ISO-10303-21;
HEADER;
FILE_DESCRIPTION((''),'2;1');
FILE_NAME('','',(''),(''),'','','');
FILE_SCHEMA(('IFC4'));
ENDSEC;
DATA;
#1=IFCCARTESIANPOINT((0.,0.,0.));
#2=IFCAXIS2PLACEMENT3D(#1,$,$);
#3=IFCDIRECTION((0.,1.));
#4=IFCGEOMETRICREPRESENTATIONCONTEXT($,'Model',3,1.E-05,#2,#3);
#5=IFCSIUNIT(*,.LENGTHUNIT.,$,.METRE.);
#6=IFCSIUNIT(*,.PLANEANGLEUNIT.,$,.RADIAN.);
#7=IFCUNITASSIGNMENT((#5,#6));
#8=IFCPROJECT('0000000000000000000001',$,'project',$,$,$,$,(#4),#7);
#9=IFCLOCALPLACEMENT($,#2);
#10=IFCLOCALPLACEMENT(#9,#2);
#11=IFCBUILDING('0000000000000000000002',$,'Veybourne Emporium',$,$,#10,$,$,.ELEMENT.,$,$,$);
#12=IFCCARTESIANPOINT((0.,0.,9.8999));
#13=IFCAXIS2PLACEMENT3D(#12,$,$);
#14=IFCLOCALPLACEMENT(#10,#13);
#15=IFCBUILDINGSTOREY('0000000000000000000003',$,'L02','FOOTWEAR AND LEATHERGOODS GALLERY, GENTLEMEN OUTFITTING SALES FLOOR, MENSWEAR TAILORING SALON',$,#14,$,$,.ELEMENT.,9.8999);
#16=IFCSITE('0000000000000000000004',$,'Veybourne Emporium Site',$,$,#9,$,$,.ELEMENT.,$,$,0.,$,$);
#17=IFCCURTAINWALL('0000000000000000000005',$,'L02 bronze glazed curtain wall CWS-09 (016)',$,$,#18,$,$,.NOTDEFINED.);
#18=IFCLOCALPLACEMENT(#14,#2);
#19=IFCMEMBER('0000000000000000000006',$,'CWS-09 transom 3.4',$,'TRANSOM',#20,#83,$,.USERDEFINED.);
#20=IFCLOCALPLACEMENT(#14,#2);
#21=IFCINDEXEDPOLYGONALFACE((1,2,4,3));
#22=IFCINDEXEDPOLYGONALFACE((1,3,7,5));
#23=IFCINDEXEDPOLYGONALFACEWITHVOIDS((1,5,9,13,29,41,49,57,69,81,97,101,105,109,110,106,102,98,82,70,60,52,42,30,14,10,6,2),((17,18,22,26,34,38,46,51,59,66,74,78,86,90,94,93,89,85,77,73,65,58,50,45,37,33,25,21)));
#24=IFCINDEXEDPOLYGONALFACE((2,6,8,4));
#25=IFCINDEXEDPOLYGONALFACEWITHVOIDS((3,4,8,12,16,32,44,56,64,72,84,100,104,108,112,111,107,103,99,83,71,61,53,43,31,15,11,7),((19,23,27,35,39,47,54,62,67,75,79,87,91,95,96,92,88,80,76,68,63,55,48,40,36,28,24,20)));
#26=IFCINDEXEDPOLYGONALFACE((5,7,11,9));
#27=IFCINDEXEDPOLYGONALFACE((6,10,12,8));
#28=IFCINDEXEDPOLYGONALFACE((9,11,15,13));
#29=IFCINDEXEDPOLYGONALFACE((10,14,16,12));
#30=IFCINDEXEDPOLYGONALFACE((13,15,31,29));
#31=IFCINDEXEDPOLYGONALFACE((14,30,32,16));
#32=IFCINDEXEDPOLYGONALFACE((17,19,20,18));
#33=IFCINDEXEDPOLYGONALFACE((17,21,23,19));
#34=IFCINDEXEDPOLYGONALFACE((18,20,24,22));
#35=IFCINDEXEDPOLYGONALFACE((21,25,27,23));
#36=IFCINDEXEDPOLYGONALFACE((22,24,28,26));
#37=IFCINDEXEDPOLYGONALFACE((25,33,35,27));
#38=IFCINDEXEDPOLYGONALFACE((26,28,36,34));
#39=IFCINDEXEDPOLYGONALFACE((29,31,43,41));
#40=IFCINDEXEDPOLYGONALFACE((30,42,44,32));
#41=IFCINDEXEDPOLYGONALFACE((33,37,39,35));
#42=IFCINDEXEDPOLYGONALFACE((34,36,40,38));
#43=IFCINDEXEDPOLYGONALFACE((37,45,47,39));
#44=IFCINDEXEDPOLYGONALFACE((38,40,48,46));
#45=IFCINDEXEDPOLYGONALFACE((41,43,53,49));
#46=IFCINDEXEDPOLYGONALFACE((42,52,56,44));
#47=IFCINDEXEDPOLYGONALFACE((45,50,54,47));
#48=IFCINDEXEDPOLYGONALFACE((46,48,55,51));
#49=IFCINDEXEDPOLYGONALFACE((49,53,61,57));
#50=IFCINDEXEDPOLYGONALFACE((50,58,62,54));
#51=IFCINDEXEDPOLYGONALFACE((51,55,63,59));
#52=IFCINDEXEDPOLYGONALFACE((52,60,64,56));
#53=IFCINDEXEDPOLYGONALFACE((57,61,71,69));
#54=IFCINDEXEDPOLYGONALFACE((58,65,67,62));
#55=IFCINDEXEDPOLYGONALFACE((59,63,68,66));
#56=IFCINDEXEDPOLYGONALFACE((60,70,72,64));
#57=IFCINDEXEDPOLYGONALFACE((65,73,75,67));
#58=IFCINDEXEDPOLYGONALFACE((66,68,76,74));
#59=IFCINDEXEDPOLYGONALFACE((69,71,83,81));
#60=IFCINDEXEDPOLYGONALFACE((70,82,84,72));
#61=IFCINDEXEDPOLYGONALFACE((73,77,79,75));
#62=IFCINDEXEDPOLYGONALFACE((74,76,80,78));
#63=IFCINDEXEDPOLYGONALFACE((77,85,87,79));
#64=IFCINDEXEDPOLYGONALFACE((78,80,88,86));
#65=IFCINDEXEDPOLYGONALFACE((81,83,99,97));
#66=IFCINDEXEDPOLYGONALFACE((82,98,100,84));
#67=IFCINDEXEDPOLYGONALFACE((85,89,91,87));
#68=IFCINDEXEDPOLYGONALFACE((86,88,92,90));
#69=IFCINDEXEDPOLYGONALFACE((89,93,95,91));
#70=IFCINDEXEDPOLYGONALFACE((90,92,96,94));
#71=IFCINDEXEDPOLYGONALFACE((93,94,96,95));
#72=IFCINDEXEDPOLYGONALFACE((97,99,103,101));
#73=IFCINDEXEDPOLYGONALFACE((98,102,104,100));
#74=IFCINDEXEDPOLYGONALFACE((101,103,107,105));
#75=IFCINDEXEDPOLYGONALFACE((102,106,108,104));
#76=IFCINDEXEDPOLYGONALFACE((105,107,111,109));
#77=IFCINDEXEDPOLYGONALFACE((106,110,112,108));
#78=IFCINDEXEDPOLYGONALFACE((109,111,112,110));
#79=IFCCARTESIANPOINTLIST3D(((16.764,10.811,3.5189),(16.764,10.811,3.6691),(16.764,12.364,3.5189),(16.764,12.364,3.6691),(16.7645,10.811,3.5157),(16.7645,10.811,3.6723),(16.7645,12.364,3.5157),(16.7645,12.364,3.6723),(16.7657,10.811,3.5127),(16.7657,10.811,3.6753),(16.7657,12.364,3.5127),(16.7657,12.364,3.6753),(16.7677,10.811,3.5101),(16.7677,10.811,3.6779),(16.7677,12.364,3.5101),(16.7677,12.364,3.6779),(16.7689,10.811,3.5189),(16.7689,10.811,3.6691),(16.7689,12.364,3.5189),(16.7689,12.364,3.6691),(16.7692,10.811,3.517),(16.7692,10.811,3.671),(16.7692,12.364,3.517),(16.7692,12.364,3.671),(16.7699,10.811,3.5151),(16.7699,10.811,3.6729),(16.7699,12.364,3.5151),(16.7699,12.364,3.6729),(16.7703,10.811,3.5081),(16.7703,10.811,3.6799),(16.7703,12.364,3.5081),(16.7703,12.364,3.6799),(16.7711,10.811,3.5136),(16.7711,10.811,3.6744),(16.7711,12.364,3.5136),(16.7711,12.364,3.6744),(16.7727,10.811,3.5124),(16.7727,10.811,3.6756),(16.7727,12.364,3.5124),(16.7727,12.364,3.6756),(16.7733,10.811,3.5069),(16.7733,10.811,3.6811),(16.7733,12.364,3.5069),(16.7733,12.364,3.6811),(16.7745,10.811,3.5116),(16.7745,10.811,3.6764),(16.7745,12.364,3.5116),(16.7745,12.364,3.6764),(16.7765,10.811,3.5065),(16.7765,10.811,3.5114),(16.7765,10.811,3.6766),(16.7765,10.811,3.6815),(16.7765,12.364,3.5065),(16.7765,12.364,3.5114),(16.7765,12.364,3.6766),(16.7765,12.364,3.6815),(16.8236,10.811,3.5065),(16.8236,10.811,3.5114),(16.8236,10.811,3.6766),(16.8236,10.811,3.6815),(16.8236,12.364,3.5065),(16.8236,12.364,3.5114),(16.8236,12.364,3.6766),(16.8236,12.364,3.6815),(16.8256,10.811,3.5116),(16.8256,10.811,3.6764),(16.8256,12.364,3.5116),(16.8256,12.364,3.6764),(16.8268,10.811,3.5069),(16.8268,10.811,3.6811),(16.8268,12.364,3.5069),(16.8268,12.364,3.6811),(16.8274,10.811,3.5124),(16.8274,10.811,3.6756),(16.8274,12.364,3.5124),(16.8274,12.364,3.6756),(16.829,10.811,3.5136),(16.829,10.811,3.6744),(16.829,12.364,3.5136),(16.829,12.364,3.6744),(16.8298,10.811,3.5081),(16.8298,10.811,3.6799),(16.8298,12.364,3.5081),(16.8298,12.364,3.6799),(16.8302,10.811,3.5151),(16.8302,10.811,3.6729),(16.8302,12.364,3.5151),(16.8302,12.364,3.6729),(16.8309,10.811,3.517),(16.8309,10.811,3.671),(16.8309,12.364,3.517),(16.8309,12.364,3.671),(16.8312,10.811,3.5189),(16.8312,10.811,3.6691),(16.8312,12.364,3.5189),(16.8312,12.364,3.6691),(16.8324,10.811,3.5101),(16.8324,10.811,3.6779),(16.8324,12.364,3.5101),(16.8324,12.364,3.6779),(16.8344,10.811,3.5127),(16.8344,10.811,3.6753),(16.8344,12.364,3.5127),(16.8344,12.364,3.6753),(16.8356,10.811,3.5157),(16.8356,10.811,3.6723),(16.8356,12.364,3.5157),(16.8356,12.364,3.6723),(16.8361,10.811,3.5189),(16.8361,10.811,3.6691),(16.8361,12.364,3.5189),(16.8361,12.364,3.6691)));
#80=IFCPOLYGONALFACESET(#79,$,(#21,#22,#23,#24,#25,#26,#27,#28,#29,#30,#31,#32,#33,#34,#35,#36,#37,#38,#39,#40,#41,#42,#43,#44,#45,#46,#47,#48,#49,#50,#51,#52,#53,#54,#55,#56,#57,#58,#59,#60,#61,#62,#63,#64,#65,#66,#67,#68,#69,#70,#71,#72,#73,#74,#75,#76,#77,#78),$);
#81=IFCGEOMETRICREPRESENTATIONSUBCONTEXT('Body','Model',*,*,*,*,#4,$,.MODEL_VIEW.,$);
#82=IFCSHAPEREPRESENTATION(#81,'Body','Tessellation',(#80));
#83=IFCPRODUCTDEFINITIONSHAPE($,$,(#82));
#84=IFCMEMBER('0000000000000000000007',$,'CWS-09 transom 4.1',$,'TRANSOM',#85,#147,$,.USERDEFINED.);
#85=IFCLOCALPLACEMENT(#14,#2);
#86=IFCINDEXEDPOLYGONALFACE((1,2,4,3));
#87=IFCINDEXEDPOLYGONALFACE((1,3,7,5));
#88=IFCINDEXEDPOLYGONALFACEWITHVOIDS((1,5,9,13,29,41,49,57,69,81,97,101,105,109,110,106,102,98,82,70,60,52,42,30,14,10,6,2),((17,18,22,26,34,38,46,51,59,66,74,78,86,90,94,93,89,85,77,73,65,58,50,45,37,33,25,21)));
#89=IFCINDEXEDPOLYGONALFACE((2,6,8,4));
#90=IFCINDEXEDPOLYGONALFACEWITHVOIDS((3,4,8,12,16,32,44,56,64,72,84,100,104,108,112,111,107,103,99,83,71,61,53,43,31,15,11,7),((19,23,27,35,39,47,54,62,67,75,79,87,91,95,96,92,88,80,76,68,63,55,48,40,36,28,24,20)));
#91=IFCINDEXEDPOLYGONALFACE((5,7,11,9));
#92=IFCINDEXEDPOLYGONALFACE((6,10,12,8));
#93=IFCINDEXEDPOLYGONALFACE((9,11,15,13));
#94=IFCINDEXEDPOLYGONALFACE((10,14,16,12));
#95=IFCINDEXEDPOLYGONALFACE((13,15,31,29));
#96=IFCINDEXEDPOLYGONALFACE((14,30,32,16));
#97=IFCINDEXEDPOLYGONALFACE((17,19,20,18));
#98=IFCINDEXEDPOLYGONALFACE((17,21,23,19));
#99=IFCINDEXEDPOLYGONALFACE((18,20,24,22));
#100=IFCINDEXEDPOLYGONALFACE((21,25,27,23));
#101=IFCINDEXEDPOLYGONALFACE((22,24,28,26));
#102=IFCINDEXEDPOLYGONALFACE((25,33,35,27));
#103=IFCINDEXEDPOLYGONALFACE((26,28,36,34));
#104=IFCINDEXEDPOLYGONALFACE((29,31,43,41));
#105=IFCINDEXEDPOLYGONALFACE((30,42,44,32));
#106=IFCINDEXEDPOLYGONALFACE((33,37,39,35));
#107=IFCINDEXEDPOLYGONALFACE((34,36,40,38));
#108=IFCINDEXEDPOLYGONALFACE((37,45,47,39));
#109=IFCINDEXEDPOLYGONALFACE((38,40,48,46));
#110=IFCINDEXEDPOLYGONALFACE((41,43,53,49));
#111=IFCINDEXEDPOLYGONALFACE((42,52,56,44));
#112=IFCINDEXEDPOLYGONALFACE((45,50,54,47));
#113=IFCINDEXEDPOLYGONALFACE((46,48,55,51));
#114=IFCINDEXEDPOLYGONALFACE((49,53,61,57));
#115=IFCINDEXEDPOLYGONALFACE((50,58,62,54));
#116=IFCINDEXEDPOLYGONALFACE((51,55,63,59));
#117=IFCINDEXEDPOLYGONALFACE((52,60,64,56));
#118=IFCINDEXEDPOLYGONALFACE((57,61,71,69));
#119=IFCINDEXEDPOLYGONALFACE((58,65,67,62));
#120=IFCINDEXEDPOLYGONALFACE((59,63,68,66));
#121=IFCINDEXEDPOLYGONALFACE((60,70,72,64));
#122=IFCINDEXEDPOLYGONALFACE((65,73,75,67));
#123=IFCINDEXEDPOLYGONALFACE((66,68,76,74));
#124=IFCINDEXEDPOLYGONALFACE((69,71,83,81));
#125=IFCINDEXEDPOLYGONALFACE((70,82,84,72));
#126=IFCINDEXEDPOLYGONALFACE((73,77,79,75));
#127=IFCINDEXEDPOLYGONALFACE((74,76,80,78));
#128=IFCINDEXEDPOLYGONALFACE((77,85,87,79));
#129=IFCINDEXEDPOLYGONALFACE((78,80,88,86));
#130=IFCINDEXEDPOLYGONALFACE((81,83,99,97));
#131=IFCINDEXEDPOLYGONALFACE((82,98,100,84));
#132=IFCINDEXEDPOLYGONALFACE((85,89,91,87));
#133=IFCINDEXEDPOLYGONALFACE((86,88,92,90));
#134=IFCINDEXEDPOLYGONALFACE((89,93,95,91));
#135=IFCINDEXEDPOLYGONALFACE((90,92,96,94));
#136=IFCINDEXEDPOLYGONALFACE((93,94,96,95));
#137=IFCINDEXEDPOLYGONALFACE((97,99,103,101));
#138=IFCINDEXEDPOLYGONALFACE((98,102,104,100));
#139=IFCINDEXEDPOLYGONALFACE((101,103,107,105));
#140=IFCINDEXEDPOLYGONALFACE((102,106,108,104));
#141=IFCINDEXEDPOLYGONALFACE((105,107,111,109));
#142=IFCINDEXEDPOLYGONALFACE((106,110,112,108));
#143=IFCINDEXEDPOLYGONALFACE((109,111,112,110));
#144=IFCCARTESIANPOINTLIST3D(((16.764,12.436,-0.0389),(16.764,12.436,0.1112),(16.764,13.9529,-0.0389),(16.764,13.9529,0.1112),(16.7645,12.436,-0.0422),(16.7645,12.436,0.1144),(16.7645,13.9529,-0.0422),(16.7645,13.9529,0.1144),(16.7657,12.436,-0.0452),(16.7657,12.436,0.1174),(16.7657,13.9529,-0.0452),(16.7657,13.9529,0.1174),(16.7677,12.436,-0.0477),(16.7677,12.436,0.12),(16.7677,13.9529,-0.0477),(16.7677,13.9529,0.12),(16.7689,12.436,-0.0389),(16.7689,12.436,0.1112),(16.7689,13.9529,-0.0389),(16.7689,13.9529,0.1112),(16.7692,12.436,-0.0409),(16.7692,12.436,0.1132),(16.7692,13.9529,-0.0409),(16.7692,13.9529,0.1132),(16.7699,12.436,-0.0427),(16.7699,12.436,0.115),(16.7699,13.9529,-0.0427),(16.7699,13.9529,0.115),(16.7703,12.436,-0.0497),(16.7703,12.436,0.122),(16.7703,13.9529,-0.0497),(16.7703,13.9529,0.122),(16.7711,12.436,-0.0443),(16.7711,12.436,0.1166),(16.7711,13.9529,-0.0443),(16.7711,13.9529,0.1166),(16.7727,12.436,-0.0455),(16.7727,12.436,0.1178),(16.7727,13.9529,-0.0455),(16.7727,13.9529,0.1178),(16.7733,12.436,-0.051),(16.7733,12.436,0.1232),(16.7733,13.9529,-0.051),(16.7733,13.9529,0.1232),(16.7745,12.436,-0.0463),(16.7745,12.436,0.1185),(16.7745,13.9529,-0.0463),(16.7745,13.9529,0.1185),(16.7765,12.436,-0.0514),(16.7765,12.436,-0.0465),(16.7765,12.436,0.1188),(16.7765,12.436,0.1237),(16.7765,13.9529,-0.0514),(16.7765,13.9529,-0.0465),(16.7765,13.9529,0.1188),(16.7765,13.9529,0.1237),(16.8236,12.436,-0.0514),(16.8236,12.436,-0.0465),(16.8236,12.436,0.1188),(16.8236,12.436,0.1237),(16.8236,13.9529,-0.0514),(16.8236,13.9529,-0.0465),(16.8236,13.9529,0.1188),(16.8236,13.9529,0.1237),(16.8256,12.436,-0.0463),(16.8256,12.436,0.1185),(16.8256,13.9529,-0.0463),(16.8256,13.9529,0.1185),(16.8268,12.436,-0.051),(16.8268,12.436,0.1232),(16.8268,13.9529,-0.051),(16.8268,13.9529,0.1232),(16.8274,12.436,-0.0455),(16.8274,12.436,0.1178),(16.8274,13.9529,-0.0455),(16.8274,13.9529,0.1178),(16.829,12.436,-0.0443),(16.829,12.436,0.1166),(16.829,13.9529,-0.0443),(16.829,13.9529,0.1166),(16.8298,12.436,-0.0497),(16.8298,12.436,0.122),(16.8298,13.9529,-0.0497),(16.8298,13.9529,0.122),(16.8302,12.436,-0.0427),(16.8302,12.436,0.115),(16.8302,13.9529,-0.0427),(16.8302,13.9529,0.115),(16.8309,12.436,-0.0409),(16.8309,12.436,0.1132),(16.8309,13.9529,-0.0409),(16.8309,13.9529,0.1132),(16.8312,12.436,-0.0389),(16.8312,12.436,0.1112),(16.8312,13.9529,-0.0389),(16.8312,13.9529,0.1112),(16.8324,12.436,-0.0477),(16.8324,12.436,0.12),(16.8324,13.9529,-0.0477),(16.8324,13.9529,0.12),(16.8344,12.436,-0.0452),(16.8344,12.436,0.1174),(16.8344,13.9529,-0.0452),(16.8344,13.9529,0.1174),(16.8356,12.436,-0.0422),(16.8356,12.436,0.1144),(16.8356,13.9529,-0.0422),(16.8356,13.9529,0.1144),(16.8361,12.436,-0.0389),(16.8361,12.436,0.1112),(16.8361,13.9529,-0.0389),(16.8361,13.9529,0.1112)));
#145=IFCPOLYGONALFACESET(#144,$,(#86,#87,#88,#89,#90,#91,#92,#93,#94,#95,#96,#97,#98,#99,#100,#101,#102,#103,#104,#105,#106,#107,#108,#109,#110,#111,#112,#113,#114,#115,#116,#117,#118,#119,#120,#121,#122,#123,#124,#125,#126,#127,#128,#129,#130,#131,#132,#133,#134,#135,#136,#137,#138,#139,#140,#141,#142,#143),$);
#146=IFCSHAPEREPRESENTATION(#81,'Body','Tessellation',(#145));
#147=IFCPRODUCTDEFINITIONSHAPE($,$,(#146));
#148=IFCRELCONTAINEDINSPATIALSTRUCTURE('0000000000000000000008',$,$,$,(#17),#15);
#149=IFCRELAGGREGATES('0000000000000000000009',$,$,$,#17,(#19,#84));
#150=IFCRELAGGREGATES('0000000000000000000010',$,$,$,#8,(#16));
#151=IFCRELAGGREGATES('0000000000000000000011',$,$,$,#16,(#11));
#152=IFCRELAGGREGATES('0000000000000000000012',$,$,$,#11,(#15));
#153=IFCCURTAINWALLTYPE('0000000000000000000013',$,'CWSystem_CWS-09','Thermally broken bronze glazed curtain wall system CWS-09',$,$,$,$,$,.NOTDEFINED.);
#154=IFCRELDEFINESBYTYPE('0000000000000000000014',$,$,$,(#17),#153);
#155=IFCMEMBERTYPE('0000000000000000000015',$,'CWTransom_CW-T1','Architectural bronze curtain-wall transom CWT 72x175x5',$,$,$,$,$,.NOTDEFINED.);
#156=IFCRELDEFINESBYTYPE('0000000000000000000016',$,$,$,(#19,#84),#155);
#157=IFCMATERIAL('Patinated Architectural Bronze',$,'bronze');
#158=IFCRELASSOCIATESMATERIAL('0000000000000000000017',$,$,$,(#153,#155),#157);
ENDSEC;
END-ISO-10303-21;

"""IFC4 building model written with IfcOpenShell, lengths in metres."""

from ifc_helpers import new_model, si_unit, direction, frame, origin, origin_2d, place, context, subcontext, project, spatial, hollow_rectangle, extrude, material, material_profile, profile_set, type_object, element, aggregate, save


model = new_model("IFC4")

# Units and contexts
model_context = context("Model", 3, precision=1e-05, world=origin(), true_north=direction((0.0, 1.0)))
body_context = subcontext(model_context, "Body", "Model", "MODEL_VIEW")
ifc_project = project(units=[si_unit("LENGTHUNIT", "METRE"), si_unit("PLANEANGLEUNIT", "RADIAN")], contexts=[model_context])

# Site, building, storey
site_placement = place(None, origin())
site = spatial("IfcSite", under=ifc_project, at=site_placement, Name="Veybourne Emporium Site", CompositionType="ELEMENT", RefElevation=0.0)
building_placement = place(site_placement, origin())
building = spatial("IfcBuilding", under=site, at=building_placement, Name="Veybourne Emporium", CompositionType="ELEMENT")
storey_placement = place(building_placement, frame((0.0, 0.0, 9.8999)))
storey = spatial("IfcBuildingStorey", under=building, at=storey_placement, Name="L02", Description="FOOTWEAR AND LEATHERGOODS GALLERY, GENTLEMEN OUTFITTING SALES FLOOR, MENSWEAR TAILORING SALON", CompositionType="ELEMENT", Elevation=9.8999)

# Curtain wall, members
ifc_material_1 = material(Name="Patinated Architectural Bronze", Category="bronze")
curtain_wall_type = type_object("IfcCurtainWallType", Name="CWSystem_CWS-09", Description="Thermally broken bronze glazed curtain wall system CWS-09", PredefinedType="NOTDEFINED", material=ifc_material_1)
curtain_wall_placement = place(storey_placement, origin())
curtain_wall = element("IfcCurtainWall", 1, at=curtain_wall_placement, inside=storey, type_object=curtain_wall_type, Name="L02 bronze glazed curtain wall CWS-09 (016)", PredefinedType="NOTDEFINED")
ifc_material_profile_1 = material_profile(ifc_material_1, hollow_rectangle(XDim=0.072, YDim=0.175, WallThickness=0.0049, InnerFilletRadius=0.0076, OuterFilletRadius=0.0125, at=origin_2d()), Name="CWT 72x175x5")
ifc_profile_set_1 = profile_set([ifc_material_profile_1], Name="Patinated Architectural Bronze")
member_type_1 = type_object("IfcMemberType", Name="CWTransom_CW-T1", Description="Architectural bronze curtain-wall transom CWT 72x175x5", PredefinedType="NOTDEFINED", material=ifc_profile_set_1)
member_1_placement = place(storey_placement, frame((16.8, 10.811, 3.594), z_axis=(0.0, 1.0, 0.0), x_axis=(-1.0, 0.0, 0.0)))
member_1 = element("IfcMember", 2, at=member_1_placement, type_object=member_type_1, Name="CWS-09 transom 3.4", ObjectType="TRANSOM", PredefinedType="USERDEFINED", context=body_context, shape_type="SweptSolid", body=[
    extrude(hollow_rectangle(XDim=0.072, YDim=0.175, WallThickness=0.0049, InnerFilletRadius=0.0076, OuterFilletRadius=0.0125, at=origin_2d()), origin(), (0.0, 0.0, 1.0), 1.553),
])
member_2_placement = place(storey_placement, frame((16.8, 12.436, 0.0361), z_axis=(0.0, 1.0, 0.0), x_axis=(-1.0, 0.0, 0.0)))
member_2 = element("IfcMember", 3, at=member_2_placement, type_object=member_type_1, Name="CWS-09 transom 4.1", ObjectType="TRANSOM", PredefinedType="USERDEFINED", context=body_context, shape_type="SweptSolid", body=[
    extrude(hollow_rectangle(XDim=0.072, YDim=0.175, WallThickness=0.0049, InnerFilletRadius=0.0076, OuterFilletRadius=0.0125, at=origin_2d()), origin(), (0.0, 0.0, 1.0), 1.5168),
])
aggregate(curtain_wall, [member_1, member_2])

save(model, "model.ifc")
